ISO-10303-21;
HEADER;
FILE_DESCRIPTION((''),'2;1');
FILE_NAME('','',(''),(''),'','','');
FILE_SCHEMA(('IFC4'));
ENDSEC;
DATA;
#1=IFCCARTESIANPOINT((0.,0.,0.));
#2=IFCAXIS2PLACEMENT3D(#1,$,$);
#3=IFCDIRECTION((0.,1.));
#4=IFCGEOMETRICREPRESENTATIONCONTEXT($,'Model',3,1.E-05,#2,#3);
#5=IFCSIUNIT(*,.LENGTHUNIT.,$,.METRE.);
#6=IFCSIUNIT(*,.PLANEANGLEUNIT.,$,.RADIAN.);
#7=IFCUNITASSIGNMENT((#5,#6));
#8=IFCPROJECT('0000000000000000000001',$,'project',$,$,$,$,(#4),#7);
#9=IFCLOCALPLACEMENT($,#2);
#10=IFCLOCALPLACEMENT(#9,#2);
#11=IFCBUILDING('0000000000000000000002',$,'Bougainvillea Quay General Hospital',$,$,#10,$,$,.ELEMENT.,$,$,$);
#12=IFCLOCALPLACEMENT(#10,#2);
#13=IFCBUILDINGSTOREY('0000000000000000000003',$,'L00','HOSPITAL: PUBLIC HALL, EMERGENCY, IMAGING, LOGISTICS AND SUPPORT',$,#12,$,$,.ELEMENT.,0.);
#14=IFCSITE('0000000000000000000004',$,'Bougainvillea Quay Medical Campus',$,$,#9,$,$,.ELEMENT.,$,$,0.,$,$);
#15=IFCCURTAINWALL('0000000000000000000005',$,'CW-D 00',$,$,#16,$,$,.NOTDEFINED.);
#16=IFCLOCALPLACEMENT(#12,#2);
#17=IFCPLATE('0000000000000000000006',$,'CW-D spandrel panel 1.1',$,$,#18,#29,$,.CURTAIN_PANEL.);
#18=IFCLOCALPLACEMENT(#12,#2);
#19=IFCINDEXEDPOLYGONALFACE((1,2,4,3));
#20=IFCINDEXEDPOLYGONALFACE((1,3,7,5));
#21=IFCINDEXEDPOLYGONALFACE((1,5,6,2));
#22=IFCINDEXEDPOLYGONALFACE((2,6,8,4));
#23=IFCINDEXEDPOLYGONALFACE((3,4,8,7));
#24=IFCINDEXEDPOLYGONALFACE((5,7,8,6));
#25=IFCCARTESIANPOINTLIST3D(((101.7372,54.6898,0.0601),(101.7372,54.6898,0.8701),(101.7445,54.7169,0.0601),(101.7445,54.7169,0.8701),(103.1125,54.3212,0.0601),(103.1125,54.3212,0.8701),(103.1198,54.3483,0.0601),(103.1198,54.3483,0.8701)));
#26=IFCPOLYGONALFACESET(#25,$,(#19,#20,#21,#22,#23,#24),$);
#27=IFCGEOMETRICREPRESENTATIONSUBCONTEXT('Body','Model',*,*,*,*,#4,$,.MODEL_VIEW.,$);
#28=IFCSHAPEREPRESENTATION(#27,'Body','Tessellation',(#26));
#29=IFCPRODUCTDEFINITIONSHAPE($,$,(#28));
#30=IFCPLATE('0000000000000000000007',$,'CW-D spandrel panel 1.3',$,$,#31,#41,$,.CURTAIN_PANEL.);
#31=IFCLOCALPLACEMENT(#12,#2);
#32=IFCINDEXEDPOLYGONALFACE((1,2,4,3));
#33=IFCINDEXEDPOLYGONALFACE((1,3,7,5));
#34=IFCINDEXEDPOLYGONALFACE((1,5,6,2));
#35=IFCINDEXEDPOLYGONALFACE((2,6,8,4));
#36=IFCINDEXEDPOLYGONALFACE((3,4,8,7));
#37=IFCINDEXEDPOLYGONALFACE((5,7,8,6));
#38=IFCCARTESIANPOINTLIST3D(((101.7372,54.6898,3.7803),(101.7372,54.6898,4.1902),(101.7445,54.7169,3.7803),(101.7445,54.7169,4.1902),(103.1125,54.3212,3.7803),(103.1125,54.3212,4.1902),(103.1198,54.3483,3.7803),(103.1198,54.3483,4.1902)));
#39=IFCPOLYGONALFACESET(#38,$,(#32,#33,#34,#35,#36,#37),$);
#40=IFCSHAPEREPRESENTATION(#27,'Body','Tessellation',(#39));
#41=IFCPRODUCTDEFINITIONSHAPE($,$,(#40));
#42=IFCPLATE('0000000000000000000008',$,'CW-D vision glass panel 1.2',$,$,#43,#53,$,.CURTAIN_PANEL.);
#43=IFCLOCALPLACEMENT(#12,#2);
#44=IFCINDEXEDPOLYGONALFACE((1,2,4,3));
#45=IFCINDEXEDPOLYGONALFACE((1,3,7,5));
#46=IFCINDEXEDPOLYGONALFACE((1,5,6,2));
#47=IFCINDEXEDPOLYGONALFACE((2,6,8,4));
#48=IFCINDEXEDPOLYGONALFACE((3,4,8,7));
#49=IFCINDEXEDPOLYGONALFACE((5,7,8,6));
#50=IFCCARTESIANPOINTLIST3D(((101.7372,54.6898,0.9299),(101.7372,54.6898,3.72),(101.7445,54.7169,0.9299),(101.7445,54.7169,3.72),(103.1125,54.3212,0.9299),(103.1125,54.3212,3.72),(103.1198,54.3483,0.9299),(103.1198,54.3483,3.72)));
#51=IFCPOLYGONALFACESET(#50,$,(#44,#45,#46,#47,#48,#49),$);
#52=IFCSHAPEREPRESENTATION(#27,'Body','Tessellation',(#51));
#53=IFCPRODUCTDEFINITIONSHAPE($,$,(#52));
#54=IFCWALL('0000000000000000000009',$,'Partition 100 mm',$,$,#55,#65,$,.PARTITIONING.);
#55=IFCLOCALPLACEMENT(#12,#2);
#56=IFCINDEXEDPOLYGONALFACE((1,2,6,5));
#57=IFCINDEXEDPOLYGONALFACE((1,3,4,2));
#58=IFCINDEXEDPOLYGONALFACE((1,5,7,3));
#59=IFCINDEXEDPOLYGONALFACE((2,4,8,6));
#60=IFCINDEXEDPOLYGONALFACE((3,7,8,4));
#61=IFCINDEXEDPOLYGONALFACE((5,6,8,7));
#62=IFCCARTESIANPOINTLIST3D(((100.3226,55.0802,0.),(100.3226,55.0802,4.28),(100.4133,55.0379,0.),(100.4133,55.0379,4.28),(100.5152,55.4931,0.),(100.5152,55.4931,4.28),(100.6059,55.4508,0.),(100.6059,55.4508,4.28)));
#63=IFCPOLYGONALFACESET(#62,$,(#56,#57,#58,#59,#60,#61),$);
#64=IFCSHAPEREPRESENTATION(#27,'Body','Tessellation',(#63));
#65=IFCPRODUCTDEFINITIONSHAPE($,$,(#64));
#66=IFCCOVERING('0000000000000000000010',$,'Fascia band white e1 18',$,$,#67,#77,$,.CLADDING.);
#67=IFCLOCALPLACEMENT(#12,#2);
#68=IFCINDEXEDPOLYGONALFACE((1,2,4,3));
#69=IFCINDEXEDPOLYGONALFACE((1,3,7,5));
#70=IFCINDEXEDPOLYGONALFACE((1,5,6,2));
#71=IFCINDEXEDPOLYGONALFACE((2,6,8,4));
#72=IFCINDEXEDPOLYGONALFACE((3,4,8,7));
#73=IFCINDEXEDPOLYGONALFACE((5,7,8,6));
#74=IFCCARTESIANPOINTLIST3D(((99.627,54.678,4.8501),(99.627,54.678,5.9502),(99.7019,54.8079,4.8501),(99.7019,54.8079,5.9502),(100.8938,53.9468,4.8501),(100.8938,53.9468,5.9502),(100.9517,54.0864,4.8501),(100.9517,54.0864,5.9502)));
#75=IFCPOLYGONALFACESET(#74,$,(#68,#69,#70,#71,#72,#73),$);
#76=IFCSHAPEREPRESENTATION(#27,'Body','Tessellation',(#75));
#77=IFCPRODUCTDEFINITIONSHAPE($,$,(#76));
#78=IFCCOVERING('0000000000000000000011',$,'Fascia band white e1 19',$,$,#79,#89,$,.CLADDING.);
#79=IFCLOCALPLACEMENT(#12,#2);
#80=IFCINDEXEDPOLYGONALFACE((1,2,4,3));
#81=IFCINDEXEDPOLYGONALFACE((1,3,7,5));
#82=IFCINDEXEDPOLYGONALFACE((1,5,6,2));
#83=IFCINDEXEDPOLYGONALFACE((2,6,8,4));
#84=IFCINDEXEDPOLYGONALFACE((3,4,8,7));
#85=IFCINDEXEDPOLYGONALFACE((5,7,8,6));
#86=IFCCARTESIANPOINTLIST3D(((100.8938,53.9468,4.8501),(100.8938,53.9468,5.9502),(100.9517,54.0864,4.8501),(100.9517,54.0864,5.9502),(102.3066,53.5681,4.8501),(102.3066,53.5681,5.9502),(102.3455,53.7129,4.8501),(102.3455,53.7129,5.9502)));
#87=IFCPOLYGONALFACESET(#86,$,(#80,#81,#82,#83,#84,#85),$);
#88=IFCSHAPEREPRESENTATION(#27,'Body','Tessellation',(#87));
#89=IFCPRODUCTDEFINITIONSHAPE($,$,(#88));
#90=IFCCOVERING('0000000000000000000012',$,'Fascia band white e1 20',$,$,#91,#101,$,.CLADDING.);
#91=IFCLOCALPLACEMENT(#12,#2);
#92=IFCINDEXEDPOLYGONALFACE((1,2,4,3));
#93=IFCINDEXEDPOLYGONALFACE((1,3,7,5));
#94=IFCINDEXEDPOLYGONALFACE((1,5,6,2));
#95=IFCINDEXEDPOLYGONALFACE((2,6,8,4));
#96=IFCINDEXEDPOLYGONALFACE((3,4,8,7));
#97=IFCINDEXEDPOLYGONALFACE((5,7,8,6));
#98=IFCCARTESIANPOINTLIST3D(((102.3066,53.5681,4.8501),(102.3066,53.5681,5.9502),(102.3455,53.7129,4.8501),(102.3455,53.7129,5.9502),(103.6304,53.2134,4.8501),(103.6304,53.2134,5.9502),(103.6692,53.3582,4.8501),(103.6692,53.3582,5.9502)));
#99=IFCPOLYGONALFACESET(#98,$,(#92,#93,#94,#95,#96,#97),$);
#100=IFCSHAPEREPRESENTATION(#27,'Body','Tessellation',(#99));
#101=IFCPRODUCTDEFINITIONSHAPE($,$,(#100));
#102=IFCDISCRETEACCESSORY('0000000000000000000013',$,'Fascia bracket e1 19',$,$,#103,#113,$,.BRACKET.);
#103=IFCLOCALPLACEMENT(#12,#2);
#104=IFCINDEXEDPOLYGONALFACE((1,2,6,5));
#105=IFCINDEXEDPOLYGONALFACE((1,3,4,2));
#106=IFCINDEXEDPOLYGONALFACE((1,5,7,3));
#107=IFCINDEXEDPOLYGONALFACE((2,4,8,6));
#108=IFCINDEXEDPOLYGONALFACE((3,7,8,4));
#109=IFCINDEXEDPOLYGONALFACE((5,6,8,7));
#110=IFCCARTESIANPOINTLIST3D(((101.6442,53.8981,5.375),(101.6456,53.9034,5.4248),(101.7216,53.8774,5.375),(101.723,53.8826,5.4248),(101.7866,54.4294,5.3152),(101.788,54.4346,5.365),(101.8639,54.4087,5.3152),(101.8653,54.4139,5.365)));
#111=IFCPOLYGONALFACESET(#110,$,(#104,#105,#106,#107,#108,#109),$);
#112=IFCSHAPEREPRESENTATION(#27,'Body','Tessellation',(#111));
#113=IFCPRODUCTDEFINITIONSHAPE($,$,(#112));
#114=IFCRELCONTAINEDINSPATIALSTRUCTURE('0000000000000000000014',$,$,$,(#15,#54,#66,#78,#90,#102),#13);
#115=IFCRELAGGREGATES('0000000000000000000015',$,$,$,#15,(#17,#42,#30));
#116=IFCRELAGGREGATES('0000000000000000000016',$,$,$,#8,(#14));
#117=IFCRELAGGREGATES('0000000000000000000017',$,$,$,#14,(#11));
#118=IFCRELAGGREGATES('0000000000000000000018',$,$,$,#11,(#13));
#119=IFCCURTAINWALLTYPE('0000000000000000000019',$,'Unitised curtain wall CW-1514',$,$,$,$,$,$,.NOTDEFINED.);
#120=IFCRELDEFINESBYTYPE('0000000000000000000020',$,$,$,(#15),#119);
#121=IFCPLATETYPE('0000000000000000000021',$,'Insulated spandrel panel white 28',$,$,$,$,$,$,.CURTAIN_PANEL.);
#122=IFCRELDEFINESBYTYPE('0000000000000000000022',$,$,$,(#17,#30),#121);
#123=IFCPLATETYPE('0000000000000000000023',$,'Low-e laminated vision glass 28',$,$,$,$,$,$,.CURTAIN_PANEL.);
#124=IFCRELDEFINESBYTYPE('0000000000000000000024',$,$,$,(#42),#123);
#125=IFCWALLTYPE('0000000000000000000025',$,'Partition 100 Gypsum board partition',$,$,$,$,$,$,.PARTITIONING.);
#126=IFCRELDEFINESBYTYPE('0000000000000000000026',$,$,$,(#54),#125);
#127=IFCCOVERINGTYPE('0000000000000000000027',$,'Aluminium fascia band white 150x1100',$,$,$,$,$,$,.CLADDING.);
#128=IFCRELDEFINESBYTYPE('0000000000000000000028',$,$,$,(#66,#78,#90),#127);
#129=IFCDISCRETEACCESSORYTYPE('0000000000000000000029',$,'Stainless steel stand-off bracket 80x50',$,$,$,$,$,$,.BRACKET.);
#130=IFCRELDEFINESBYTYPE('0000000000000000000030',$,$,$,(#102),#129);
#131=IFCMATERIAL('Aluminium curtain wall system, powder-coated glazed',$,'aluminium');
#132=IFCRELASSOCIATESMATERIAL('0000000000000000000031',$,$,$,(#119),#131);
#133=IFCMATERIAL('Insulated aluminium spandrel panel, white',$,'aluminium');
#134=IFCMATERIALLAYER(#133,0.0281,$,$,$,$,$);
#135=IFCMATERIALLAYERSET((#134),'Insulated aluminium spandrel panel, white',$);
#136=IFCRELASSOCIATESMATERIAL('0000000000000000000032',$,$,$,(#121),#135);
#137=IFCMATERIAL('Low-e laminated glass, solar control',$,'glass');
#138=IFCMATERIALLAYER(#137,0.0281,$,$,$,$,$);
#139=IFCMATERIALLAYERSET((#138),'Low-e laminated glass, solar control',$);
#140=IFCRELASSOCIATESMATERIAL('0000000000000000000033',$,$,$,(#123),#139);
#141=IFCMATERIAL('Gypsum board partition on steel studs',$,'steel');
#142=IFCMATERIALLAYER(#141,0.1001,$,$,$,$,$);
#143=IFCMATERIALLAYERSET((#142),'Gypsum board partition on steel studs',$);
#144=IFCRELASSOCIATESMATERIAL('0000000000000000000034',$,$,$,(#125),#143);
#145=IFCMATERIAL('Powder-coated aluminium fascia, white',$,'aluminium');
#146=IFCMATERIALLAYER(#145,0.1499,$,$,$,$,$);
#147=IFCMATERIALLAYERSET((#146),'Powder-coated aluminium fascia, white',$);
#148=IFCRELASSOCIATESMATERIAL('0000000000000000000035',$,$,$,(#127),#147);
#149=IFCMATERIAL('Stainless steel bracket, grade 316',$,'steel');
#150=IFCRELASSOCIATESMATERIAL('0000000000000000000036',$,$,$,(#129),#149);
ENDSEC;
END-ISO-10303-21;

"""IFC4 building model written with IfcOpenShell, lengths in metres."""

from ifc_helpers import new_model, si_unit, direction, frame, frame_2d, origin, origin_2d, place, context, subcontext, project, spatial, polyline, rectangle, outline, extrude, material, layer, layer_set, material_profile, profile_set, type_object, element, aggregate, save


model = new_model("IFC4")

# Units and contexts
model_context = context("Model", 3, precision=1e-05, world=origin(), true_north=direction((0.0, 1.0)))
body_context = subcontext(model_context, "Body", "Model", "MODEL_VIEW")
ifc_project = project(units=[si_unit("LENGTHUNIT", "METRE"), si_unit("PLANEANGLEUNIT", "RADIAN")], contexts=[model_context])

# Site, building, storey
site_placement = place(None, origin())
site = spatial("IfcSite", under=ifc_project, at=site_placement, Name="Bougainvillea Quay Medical Campus", CompositionType="ELEMENT", RefElevation=0.0)
building_placement = place(site_placement, origin())
building = spatial("IfcBuilding", under=site, at=building_placement, Name="Bougainvillea Quay General Hospital", CompositionType="ELEMENT")
storey_placement = place(building_placement, origin())
storey = spatial("IfcBuildingStorey", under=building, at=storey_placement, Name="L00", Description="HOSPITAL: PUBLIC HALL, EMERGENCY, IMAGING, LOGISTICS AND SUPPORT", CompositionType="ELEMENT", Elevation=0.0)

# Shared definitions
ifc_material_1 = material(Name="Aluminium curtain wall system, powder-coated glazed", Category="aluminium")

# Curtain wall
curtain_wall_type_1 = type_object("IfcCurtainWallType", Name="Unitised curtain wall CW-1514", PredefinedType="NOTDEFINED", material=ifc_material_1)
curtain_wall_1_placement = place(storey_placement, origin())
curtain_wall_1 = element("IfcCurtainWall", 1, at=curtain_wall_1_placement, inside=storey, type_object=curtain_wall_type_1, Name="CW-D 00", PredefinedType="NOTDEFINED")

# Plates
ifc_material_2 = material(Name="Insulated aluminium spandrel panel, white", Category="aluminium")
ifc_layer_1 = layer(ifc_material_2, 0.0281)
ifc_layer_set_1 = layer_set([ifc_layer_1], Name="Insulated aluminium spandrel panel, white")
plate_type_1 = type_object("IfcPlateType", Name="Insulated spandrel panel white 28", PredefinedType="CURTAIN_PANEL", material=ifc_layer_set_1)
plate_1_placement = place(storey_placement, frame((102.4285, 54.519, 0.0601), z_axis=(0.0, 0.0, 1.0), x_axis=(0.965916, -0.258855, 0.0)))
plate_1 = element("IfcPlate", 2, at=plate_1_placement, type_object=plate_type_1, Name="CW-D spandrel panel 1.1", PredefinedType="CURTAIN_PANEL", context=body_context, shape_type="SweptSolid", body=[
    extrude(rectangle(XDim=1.4238, YDim=0.0281, at=origin_2d()), origin(), (0.0, 0.0, 1.0), 0.8101),
])
plate_2_placement = place(storey_placement, frame((102.4285, 54.519, 3.7803), z_axis=(0.0, 0.0, 1.0), x_axis=(0.965916, -0.258855, 0.0)))
plate_2 = element("IfcPlate", 3, at=plate_2_placement, type_object=plate_type_1, Name="CW-D spandrel panel 1.3", PredefinedType="CURTAIN_PANEL", context=body_context, shape_type="SweptSolid", body=[
    extrude(rectangle(XDim=1.4238, YDim=0.0281, at=origin_2d()), origin(), (0.0, 0.0, 1.0), 0.4099),
])
ifc_material_3 = material(Name="Low-e laminated glass, solar control", Category="glass")
ifc_layer_2 = layer(ifc_material_3, 0.0281)
ifc_layer_set_2 = layer_set([ifc_layer_2], Name="Low-e laminated glass, solar control")
plate_type_2 = type_object("IfcPlateType", Name="Low-e laminated vision glass 28", PredefinedType="CURTAIN_PANEL", material=ifc_layer_set_2)
plate_3_placement = place(storey_placement, frame((102.4285, 54.519, 0.9299), z_axis=(0.0, 0.0, 1.0), x_axis=(0.965916, -0.258855, 0.0)))
plate_3 = element("IfcPlate", 4, at=plate_3_placement, type_object=plate_type_2, Name="CW-D vision glass panel 1.2", PredefinedType="CURTAIN_PANEL", context=body_context, shape_type="SweptSolid", body=[
    extrude(rectangle(XDim=1.4238, YDim=0.0281, at=origin_2d()), origin(), (0.0, 0.0, 1.0), 2.79),
])
aggregate(curtain_wall_1, [plate_1, plate_3, plate_2])

# Wall
ifc_material_4 = material(Name="Gypsum board partition on steel studs", Category="steel")
ifc_layer_3 = layer(ifc_material_4, 0.1001)
ifc_layer_set_3 = layer_set([ifc_layer_3], Name="Gypsum board partition on steel studs")
wall_type = type_object("IfcWallType", Name="Partition 100 Gypsum board partition", PredefinedType="PARTITIONING", material=ifc_layer_set_3)
wall_placement = place(storey_placement, frame((100.3679, 55.0591, 0.0), z_axis=(0.0, 0.0, 1.0), x_axis=(0.422827, 0.906211, 0.0)))
element("IfcWall", 5, at=wall_placement, inside=storey, type_object=wall_type, Name="Partition 100 mm", PredefinedType="PARTITIONING", context=body_context, shape_type="SweptSolid", body=[
    extrude(rectangle(XDim=0.4556, YDim=0.1001, at=frame_2d((0.2278, 0.0))), origin(), (0.0, 0.0, 1.0), 4.28),
])

# Coverings
ifc_material_5 = material(Name="Powder-coated aluminium fascia, white", Category="aluminium")
ifc_layer_4 = layer(ifc_material_5, 0.1499)
ifc_layer_set_4 = layer_set([ifc_layer_4], Name="Powder-coated aluminium fascia, white")
covering_type = type_object("IfcCoveringType", Name="Aluminium fascia band white 150x1100", PredefinedType="CLADDING", material=ifc_layer_set_4)
covering_1_placement = place(storey_placement, frame((99.7019, 54.8079, 4.8501), z_axis=(0.0, 0.0, 1.0), x_axis=(0.866059, -0.499942, 0.0)))
element("IfcCovering", 6, at=covering_1_placement, inside=storey, type_object=covering_type, Name="Fascia band white e1 18", PredefinedType="CLADDING", context=body_context, shape_type="SweptSolid", body=[
    extrude(outline(polyline([(0.0, 0.0), (1.443, 0.0), (1.4627, -0.1499), (0.0, -0.15), (0.0, 0.0)])), origin(), (0.0, 0.0, 1.0), 1.1001),
])
covering_2_placement = place(storey_placement, frame((100.9517, 54.0864, 4.8501), z_axis=(0.0, 0.0, 1.0), x_axis=(0.965914, -0.258863, 0.0)))
element("IfcCovering", 7, at=covering_2_placement, inside=storey, type_object=covering_type, Name="Fascia band white e1 19", PredefinedType="CLADDING", context=body_context, shape_type="SweptSolid", body=[
    extrude(outline(polyline([(0.0, 0.0), (1.443, 0.0), (1.443, -0.1499), (-0.0197, -0.1499), (0.0, 0.0)])), origin(), (0.0, 0.0, 1.0), 1.1001),
])
covering_3_placement = place(storey_placement, frame((102.3455, 53.7129, 4.8501), z_axis=(0.0, 0.0, 1.0), x_axis=(0.965918, -0.258849, 0.0)))
element("IfcCovering", 8, at=covering_3_placement, inside=storey, type_object=covering_type, Name="Fascia band white e1 20", PredefinedType="CLADDING", context=body_context, shape_type="SweptSolid", body=[
    extrude(outline(polyline([(0.0, 0.0), (1.3704, 0.0), (1.3704, -0.1499), (0.0, -0.1499), (0.0, 0.0)])), origin(), (0.0, 0.0, 1.0), 1.1001),
])

# Discrete accessory
ifc_material_6 = material(Name="Stainless steel bracket, grade 316", Category="steel")
ifc_material_profile_1 = material_profile(ifc_material_6, rectangle(XDim=0.0801, YDim=0.05, at=origin_2d()))
ifc_profile_set_1 = profile_set([ifc_material_profile_1], Name="Stainless steel bracket, grade 316")
discrete_accessory_type = type_object("IfcDiscreteAccessoryType", Name="Stainless steel stand-off bracket 80x50", PredefinedType="BRACKET", material=ifc_profile_set_1)
discrete_accessory_placement = place(storey_placement, frame((101.8259, 54.4216, 5.3401), z_axis=(-0.257278, -0.96027, 0.108119), x_axis=(0.965932, -0.258795, 0.0)))
element("IfcDiscreteAccessory", 9, at=discrete_accessory_placement, inside=storey, type_object=discrete_accessory_type, Name="Fascia bracket e1 19", PredefinedType="BRACKET", context=body_context, shape_type="SweptSolid", body=[
    extrude(rectangle(XDim=0.0801, YDim=0.05, at=origin_2d()), origin(), (0.0, 0.0, 1.0), 0.5532),
])

save(model, "model.ifc")
